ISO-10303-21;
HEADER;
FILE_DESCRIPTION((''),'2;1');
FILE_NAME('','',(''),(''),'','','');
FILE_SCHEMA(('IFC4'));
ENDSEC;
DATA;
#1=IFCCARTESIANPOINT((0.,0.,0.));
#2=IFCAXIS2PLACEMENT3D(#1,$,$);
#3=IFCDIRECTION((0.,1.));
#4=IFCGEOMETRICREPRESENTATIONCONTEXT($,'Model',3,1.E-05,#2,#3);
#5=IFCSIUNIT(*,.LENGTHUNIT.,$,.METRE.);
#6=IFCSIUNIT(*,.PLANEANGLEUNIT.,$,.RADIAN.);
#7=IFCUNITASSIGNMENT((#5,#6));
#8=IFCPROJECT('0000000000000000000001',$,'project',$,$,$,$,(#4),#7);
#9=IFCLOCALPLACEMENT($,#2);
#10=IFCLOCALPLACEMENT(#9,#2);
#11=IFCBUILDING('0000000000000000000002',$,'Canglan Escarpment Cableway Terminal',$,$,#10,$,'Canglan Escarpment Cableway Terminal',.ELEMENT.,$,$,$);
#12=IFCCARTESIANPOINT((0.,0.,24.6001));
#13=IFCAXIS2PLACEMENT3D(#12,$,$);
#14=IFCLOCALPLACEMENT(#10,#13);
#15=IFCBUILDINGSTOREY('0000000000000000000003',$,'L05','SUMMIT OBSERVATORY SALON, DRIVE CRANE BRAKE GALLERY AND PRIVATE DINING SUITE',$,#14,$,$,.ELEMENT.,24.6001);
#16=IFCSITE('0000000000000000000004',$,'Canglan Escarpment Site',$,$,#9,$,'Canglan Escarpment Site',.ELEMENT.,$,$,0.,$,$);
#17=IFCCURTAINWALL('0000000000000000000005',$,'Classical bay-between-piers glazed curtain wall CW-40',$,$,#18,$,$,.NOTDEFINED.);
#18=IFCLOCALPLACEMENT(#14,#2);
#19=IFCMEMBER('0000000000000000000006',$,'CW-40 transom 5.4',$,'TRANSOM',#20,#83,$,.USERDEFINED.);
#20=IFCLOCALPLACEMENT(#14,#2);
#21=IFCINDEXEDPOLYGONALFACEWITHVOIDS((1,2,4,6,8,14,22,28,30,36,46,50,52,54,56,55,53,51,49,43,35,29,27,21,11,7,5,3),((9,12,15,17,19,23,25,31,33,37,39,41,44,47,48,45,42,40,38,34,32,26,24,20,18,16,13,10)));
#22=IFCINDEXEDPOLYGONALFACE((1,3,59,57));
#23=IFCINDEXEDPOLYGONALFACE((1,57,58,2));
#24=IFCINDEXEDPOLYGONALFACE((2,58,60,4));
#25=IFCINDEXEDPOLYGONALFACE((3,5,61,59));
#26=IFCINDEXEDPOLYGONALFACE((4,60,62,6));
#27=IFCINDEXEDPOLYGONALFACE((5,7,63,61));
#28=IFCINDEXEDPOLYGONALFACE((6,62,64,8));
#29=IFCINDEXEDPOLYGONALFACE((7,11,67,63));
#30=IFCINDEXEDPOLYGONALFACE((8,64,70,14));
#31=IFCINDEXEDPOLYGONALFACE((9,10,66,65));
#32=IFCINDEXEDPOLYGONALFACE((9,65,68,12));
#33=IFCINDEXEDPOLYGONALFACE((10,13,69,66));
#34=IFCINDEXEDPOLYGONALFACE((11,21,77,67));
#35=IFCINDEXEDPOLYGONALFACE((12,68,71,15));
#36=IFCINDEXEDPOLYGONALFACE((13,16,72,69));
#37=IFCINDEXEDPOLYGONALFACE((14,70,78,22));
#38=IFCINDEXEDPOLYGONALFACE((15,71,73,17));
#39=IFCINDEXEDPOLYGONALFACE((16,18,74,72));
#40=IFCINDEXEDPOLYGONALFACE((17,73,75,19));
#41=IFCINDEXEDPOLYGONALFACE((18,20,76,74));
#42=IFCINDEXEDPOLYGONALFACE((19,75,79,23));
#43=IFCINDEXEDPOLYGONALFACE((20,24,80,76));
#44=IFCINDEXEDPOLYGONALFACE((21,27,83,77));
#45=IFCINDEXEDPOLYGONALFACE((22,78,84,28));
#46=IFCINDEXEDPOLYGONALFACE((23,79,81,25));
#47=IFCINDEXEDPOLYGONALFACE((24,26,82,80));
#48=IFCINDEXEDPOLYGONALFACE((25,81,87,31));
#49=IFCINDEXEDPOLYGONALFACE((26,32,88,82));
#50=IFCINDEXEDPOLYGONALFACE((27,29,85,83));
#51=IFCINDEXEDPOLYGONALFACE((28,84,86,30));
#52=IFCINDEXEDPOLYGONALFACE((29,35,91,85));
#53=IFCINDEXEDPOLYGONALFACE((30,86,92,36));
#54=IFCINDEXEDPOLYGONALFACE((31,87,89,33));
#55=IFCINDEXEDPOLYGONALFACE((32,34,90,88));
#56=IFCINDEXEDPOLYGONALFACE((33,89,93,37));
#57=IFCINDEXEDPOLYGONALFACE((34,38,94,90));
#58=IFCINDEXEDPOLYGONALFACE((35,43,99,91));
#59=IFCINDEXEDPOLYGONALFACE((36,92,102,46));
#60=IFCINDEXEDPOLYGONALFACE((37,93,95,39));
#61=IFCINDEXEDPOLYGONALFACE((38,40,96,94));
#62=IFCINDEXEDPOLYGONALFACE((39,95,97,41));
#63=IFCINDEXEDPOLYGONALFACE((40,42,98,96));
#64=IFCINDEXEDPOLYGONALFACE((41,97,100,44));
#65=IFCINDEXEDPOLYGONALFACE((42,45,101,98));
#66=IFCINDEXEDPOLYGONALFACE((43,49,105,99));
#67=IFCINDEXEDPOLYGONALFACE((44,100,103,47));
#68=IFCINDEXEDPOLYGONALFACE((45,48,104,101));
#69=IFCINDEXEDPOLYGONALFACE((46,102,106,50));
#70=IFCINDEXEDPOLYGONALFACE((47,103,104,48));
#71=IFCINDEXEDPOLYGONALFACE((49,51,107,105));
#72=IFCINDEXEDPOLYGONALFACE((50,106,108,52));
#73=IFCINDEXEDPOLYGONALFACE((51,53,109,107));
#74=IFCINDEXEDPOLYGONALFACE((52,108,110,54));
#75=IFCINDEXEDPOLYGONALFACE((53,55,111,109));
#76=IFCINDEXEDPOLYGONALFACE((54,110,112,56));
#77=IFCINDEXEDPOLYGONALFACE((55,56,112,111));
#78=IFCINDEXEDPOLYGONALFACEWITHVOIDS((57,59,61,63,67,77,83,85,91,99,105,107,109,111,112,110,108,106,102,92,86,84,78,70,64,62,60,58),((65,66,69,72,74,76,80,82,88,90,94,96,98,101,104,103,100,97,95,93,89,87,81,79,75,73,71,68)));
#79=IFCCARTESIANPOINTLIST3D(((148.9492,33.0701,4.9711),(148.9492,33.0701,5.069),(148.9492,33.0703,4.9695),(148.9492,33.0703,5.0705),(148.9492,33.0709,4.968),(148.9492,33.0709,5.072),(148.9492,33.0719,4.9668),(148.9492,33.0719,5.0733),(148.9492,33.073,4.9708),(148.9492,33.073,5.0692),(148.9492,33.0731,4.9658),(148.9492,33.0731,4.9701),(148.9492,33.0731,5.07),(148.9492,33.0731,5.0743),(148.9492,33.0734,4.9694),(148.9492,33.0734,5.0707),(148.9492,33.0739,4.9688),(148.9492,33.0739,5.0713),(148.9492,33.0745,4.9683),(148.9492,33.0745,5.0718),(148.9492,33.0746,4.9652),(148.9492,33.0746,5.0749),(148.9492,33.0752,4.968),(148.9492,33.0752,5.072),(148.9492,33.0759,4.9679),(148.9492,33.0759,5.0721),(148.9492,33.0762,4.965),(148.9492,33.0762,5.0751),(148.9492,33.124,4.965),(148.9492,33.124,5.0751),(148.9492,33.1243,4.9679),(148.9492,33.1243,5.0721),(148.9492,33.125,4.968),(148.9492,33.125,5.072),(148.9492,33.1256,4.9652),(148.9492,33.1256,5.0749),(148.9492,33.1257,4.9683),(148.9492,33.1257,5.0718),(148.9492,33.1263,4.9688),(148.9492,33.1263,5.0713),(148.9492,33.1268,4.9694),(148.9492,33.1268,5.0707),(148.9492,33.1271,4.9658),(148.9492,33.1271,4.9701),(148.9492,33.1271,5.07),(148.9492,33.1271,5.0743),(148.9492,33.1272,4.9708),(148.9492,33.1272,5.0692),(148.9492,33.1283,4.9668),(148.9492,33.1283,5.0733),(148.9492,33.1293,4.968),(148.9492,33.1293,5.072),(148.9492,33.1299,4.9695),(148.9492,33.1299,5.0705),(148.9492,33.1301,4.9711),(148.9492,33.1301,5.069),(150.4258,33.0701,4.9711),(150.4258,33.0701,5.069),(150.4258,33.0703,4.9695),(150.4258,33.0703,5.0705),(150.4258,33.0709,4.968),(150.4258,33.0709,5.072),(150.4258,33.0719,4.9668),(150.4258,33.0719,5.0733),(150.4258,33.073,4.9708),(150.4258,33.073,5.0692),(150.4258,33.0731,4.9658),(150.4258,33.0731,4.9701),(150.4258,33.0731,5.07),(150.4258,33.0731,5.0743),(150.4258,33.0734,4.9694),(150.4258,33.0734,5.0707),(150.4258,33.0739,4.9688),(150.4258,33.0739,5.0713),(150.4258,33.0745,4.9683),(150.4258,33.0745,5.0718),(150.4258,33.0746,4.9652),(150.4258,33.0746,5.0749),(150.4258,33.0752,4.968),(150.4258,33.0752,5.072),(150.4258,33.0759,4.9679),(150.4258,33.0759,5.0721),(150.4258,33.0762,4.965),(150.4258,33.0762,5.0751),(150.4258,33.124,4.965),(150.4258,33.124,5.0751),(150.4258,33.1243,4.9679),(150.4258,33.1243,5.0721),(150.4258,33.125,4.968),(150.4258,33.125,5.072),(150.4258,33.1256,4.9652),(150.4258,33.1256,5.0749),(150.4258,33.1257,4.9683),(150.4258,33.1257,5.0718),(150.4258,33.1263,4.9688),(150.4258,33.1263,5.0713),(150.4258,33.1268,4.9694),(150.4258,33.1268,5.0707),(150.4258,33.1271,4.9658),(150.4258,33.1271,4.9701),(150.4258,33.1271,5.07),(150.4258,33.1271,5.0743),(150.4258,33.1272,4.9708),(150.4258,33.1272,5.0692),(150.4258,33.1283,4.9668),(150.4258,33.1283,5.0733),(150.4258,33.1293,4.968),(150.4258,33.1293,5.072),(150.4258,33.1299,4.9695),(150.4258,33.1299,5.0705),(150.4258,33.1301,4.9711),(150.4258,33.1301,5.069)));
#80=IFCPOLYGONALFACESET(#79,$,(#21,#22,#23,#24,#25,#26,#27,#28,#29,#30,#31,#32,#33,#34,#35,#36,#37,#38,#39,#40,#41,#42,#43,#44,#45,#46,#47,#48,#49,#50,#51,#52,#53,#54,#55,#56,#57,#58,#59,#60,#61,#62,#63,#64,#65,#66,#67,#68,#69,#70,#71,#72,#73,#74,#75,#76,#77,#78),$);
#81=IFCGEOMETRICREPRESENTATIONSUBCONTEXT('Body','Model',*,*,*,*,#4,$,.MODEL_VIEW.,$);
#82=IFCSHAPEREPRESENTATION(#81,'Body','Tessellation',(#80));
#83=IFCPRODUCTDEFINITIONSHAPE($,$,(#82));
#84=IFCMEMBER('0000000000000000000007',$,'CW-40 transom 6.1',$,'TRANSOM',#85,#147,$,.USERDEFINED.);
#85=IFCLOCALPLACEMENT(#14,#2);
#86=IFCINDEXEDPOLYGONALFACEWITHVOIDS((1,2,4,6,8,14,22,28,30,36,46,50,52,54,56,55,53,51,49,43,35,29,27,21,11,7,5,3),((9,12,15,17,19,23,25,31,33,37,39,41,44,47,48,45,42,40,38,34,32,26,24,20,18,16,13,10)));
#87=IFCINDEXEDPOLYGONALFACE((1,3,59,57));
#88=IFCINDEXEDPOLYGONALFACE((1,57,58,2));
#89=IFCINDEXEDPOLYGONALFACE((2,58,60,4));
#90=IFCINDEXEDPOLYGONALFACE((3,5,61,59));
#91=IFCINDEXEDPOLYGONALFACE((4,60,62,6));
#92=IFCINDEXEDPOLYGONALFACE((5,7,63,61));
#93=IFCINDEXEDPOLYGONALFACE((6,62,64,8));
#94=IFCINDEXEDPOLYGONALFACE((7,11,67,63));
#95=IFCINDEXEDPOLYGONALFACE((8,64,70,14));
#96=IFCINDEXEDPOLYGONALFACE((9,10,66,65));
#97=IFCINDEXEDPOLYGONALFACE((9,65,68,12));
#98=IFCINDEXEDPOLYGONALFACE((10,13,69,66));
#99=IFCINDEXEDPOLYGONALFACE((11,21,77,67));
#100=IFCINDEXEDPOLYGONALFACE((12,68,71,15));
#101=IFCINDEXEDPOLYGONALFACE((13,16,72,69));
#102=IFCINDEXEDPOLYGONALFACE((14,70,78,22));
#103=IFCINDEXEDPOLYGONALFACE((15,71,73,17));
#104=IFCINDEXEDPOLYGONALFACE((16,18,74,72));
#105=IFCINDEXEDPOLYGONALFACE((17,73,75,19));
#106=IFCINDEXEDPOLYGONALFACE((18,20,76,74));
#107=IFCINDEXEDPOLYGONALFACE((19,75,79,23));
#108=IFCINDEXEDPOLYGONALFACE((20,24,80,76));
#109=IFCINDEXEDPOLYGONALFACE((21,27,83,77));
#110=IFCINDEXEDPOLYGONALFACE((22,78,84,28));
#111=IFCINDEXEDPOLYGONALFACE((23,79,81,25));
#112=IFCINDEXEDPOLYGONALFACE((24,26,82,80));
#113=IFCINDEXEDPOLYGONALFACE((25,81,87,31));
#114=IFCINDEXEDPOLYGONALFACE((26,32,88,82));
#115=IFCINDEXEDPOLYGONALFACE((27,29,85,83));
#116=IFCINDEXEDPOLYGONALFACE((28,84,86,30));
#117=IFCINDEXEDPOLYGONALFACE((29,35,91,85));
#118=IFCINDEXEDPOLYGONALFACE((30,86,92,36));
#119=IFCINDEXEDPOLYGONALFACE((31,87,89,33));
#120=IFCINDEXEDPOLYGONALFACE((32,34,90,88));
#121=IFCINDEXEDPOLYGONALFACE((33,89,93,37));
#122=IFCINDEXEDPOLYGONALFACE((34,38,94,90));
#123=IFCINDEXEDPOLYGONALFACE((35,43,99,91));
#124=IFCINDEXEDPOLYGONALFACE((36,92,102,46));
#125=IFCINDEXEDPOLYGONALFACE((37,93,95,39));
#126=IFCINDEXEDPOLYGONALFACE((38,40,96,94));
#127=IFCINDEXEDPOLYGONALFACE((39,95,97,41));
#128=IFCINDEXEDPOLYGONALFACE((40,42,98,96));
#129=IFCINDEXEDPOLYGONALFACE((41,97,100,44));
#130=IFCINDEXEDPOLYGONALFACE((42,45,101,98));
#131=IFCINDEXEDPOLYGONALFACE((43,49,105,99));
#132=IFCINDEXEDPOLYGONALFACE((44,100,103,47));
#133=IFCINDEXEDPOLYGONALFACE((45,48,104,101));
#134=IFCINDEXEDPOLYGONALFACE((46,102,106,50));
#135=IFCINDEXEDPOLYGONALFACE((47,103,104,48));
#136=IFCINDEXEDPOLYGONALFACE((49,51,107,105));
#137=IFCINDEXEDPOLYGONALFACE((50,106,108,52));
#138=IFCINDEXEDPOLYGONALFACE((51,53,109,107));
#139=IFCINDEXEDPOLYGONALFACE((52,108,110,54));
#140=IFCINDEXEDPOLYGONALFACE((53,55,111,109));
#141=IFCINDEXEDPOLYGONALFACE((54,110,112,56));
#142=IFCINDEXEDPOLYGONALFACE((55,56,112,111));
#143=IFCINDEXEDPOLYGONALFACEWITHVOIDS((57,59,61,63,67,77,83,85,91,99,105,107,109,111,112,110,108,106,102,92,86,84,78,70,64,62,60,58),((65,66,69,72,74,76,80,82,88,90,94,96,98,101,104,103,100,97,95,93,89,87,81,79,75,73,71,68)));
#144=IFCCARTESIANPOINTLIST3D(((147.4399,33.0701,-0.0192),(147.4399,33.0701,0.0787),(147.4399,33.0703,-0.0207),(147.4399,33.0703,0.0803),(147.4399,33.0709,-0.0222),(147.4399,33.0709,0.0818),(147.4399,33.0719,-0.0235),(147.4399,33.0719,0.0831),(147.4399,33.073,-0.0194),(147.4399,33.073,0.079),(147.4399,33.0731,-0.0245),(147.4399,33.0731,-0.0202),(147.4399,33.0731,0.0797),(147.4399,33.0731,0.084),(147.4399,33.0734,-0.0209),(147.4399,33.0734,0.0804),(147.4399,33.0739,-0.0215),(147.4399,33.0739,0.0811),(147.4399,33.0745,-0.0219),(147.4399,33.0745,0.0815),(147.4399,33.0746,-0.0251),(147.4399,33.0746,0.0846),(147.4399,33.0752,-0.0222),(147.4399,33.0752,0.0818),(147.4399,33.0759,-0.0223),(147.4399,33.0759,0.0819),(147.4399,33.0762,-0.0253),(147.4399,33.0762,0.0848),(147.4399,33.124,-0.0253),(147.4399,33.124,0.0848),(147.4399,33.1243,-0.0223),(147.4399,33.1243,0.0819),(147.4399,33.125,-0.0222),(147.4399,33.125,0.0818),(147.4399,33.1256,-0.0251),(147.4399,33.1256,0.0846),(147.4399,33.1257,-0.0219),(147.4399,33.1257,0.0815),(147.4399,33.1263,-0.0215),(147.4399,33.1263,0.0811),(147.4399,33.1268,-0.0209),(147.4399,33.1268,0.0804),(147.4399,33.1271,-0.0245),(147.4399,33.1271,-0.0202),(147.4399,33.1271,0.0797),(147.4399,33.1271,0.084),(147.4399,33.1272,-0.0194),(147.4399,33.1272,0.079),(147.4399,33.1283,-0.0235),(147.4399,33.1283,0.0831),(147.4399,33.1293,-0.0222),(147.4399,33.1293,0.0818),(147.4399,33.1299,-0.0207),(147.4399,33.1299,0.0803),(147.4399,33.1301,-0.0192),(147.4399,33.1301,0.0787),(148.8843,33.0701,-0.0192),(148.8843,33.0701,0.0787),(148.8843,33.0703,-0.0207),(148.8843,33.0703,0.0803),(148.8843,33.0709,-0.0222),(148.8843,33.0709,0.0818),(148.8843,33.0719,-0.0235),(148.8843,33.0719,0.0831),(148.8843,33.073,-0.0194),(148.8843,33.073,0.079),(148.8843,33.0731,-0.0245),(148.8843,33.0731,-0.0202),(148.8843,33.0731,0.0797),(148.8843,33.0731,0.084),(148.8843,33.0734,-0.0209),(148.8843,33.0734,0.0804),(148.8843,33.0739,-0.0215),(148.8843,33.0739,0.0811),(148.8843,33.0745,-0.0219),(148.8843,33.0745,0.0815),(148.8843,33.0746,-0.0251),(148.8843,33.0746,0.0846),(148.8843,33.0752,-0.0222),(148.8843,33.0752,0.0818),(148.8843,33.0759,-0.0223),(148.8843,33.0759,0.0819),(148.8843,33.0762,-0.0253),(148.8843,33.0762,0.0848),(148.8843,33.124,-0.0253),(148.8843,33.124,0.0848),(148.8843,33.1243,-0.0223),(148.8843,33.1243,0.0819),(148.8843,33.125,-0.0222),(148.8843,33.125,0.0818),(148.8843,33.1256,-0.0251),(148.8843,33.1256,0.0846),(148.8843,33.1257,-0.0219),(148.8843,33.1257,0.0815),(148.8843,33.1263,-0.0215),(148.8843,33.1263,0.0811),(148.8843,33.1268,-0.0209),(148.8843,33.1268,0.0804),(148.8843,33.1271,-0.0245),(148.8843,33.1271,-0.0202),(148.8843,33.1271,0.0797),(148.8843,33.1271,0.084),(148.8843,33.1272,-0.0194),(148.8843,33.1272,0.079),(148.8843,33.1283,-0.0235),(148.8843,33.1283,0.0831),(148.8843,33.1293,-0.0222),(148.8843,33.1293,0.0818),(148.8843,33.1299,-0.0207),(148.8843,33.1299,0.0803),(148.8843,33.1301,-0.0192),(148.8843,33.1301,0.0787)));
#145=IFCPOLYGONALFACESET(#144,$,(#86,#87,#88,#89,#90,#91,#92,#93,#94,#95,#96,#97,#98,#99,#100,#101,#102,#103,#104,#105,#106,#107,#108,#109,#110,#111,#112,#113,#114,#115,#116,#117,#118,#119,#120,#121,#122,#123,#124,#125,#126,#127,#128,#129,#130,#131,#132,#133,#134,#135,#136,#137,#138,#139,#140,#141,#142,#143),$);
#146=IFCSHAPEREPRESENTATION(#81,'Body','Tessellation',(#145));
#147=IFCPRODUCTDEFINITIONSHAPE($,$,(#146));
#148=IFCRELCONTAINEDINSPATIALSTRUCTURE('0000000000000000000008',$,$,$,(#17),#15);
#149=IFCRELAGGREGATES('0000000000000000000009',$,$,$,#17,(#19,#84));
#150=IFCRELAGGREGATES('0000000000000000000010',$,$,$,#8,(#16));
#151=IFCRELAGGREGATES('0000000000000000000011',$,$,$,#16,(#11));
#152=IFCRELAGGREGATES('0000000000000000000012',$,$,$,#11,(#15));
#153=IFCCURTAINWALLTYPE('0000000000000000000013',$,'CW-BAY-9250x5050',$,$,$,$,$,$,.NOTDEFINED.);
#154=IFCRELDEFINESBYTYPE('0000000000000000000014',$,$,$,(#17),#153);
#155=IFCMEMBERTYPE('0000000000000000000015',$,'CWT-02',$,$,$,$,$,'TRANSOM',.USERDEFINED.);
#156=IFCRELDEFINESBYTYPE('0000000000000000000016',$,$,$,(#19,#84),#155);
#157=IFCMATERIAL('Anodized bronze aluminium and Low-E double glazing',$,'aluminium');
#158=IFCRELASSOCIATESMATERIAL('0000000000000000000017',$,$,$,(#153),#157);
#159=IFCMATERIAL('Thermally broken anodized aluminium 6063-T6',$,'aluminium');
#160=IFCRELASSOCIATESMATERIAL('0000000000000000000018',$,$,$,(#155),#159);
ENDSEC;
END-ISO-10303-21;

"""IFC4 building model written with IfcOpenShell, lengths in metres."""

from ifc_helpers import new_model, si_unit, direction, frame, origin, origin_2d, place, context, subcontext, project, spatial, hollow_rectangle, extrude, material, material_profile, profile_set, type_object, element, aggregate, save


model = new_model("IFC4")

# Units and contexts
model_context = context("Model", 3, precision=1e-05, world=origin(), true_north=direction((0.0, 1.0)))
body_context = subcontext(model_context, "Body", "Model", "MODEL_VIEW")
ifc_project = project(units=[si_unit("LENGTHUNIT", "METRE"), si_unit("PLANEANGLEUNIT", "RADIAN")], contexts=[model_context])

# Site, building, storey
site_placement = place(None, origin())
site = spatial("IfcSite", under=ifc_project, at=site_placement, Name="Canglan Escarpment Site", LongName="Canglan Escarpment Site", CompositionType="ELEMENT", RefElevation=0.0)
building_placement = place(site_placement, origin())
building = spatial("IfcBuilding", under=site, at=building_placement, Name="Canglan Escarpment Cableway Terminal", LongName="Canglan Escarpment Cableway Terminal", CompositionType="ELEMENT")
storey_placement = place(building_placement, frame((0.0, 0.0, 24.6001)))
storey = spatial("IfcBuildingStorey", under=building, at=storey_placement, Name="L05", Description="SUMMIT OBSERVATORY SALON, DRIVE CRANE BRAKE GALLERY AND PRIVATE DINING SUITE", CompositionType="ELEMENT", Elevation=24.6001)

# Shared definitions
ifc_material_1 = material(Name="Anodized bronze aluminium and Low-E double glazing", Category="aluminium")
ifc_material_2 = material(Name="Thermally broken anodized aluminium 6063-T6", Category="aluminium")

# Curtain wall
curtain_wall_type_1 = type_object("IfcCurtainWallType", Name="CW-BAY-9250x5050", PredefinedType="NOTDEFINED", material=ifc_material_1)
curtain_wall_1_placement = place(storey_placement, origin())
curtain_wall_1 = element("IfcCurtainWall", 1, at=curtain_wall_1_placement, inside=storey, type_object=curtain_wall_type_1, Name="Classical bay-between-piers glazed curtain wall CW-40", PredefinedType="NOTDEFINED")

# Members
ifc_material_profile_1 = material_profile(ifc_material_2, hollow_rectangle(XDim=0.0601, YDim=0.1101, WallThickness=0.0029, InnerFilletRadius=0.0029, OuterFilletRadius=0.0061, at=origin_2d()), Name="ALU-TRAN 60x110x3")
ifc_profile_set_1 = profile_set([ifc_material_profile_1], Name="Thermally broken anodized aluminium 6063-T6")
member_type_1 = type_object("IfcMemberType", Name="CWT-02", ElementType="TRANSOM", PredefinedType="USERDEFINED", material=ifc_profile_set_1)
member_1_placement = place(storey_placement, frame((150.4258, 33.1001, 5.02), z_axis=(-1.0, 0.0, 0.0), x_axis=(0.0, -1.0, 0.0)))
member_1 = element("IfcMember", 2, at=member_1_placement, type_object=member_type_1, Name="CW-40 transom 5.4", ObjectType="TRANSOM", PredefinedType="USERDEFINED", context=body_context, shape_type="SweptSolid", body=[
    extrude(hollow_rectangle(XDim=0.0601, YDim=0.1101, WallThickness=0.0029, InnerFilletRadius=0.0029, OuterFilletRadius=0.0061, at=origin_2d()), origin(), (0.0, 0.0, 1.0), 1.4766),
])
member_2_placement = place(storey_placement, frame((148.8843, 33.1001, 0.0298), z_axis=(-1.0, 0.0, 0.0), x_axis=(0.0, -1.0, 0.0)))
member_2 = element("IfcMember", 3, at=member_2_placement, type_object=member_type_1, Name="CW-40 transom 6.1", ObjectType="TRANSOM", PredefinedType="USERDEFINED", context=body_context, shape_type="SweptSolid", body=[
    extrude(hollow_rectangle(XDim=0.0601, YDim=0.1101, WallThickness=0.0029, InnerFilletRadius=0.0029, OuterFilletRadius=0.0061, at=origin_2d()), origin(), (0.0, 0.0, 1.0), 1.4443),
])

aggregate(curtain_wall_1, [member_1, member_2])

save(model, "model.ifc")
